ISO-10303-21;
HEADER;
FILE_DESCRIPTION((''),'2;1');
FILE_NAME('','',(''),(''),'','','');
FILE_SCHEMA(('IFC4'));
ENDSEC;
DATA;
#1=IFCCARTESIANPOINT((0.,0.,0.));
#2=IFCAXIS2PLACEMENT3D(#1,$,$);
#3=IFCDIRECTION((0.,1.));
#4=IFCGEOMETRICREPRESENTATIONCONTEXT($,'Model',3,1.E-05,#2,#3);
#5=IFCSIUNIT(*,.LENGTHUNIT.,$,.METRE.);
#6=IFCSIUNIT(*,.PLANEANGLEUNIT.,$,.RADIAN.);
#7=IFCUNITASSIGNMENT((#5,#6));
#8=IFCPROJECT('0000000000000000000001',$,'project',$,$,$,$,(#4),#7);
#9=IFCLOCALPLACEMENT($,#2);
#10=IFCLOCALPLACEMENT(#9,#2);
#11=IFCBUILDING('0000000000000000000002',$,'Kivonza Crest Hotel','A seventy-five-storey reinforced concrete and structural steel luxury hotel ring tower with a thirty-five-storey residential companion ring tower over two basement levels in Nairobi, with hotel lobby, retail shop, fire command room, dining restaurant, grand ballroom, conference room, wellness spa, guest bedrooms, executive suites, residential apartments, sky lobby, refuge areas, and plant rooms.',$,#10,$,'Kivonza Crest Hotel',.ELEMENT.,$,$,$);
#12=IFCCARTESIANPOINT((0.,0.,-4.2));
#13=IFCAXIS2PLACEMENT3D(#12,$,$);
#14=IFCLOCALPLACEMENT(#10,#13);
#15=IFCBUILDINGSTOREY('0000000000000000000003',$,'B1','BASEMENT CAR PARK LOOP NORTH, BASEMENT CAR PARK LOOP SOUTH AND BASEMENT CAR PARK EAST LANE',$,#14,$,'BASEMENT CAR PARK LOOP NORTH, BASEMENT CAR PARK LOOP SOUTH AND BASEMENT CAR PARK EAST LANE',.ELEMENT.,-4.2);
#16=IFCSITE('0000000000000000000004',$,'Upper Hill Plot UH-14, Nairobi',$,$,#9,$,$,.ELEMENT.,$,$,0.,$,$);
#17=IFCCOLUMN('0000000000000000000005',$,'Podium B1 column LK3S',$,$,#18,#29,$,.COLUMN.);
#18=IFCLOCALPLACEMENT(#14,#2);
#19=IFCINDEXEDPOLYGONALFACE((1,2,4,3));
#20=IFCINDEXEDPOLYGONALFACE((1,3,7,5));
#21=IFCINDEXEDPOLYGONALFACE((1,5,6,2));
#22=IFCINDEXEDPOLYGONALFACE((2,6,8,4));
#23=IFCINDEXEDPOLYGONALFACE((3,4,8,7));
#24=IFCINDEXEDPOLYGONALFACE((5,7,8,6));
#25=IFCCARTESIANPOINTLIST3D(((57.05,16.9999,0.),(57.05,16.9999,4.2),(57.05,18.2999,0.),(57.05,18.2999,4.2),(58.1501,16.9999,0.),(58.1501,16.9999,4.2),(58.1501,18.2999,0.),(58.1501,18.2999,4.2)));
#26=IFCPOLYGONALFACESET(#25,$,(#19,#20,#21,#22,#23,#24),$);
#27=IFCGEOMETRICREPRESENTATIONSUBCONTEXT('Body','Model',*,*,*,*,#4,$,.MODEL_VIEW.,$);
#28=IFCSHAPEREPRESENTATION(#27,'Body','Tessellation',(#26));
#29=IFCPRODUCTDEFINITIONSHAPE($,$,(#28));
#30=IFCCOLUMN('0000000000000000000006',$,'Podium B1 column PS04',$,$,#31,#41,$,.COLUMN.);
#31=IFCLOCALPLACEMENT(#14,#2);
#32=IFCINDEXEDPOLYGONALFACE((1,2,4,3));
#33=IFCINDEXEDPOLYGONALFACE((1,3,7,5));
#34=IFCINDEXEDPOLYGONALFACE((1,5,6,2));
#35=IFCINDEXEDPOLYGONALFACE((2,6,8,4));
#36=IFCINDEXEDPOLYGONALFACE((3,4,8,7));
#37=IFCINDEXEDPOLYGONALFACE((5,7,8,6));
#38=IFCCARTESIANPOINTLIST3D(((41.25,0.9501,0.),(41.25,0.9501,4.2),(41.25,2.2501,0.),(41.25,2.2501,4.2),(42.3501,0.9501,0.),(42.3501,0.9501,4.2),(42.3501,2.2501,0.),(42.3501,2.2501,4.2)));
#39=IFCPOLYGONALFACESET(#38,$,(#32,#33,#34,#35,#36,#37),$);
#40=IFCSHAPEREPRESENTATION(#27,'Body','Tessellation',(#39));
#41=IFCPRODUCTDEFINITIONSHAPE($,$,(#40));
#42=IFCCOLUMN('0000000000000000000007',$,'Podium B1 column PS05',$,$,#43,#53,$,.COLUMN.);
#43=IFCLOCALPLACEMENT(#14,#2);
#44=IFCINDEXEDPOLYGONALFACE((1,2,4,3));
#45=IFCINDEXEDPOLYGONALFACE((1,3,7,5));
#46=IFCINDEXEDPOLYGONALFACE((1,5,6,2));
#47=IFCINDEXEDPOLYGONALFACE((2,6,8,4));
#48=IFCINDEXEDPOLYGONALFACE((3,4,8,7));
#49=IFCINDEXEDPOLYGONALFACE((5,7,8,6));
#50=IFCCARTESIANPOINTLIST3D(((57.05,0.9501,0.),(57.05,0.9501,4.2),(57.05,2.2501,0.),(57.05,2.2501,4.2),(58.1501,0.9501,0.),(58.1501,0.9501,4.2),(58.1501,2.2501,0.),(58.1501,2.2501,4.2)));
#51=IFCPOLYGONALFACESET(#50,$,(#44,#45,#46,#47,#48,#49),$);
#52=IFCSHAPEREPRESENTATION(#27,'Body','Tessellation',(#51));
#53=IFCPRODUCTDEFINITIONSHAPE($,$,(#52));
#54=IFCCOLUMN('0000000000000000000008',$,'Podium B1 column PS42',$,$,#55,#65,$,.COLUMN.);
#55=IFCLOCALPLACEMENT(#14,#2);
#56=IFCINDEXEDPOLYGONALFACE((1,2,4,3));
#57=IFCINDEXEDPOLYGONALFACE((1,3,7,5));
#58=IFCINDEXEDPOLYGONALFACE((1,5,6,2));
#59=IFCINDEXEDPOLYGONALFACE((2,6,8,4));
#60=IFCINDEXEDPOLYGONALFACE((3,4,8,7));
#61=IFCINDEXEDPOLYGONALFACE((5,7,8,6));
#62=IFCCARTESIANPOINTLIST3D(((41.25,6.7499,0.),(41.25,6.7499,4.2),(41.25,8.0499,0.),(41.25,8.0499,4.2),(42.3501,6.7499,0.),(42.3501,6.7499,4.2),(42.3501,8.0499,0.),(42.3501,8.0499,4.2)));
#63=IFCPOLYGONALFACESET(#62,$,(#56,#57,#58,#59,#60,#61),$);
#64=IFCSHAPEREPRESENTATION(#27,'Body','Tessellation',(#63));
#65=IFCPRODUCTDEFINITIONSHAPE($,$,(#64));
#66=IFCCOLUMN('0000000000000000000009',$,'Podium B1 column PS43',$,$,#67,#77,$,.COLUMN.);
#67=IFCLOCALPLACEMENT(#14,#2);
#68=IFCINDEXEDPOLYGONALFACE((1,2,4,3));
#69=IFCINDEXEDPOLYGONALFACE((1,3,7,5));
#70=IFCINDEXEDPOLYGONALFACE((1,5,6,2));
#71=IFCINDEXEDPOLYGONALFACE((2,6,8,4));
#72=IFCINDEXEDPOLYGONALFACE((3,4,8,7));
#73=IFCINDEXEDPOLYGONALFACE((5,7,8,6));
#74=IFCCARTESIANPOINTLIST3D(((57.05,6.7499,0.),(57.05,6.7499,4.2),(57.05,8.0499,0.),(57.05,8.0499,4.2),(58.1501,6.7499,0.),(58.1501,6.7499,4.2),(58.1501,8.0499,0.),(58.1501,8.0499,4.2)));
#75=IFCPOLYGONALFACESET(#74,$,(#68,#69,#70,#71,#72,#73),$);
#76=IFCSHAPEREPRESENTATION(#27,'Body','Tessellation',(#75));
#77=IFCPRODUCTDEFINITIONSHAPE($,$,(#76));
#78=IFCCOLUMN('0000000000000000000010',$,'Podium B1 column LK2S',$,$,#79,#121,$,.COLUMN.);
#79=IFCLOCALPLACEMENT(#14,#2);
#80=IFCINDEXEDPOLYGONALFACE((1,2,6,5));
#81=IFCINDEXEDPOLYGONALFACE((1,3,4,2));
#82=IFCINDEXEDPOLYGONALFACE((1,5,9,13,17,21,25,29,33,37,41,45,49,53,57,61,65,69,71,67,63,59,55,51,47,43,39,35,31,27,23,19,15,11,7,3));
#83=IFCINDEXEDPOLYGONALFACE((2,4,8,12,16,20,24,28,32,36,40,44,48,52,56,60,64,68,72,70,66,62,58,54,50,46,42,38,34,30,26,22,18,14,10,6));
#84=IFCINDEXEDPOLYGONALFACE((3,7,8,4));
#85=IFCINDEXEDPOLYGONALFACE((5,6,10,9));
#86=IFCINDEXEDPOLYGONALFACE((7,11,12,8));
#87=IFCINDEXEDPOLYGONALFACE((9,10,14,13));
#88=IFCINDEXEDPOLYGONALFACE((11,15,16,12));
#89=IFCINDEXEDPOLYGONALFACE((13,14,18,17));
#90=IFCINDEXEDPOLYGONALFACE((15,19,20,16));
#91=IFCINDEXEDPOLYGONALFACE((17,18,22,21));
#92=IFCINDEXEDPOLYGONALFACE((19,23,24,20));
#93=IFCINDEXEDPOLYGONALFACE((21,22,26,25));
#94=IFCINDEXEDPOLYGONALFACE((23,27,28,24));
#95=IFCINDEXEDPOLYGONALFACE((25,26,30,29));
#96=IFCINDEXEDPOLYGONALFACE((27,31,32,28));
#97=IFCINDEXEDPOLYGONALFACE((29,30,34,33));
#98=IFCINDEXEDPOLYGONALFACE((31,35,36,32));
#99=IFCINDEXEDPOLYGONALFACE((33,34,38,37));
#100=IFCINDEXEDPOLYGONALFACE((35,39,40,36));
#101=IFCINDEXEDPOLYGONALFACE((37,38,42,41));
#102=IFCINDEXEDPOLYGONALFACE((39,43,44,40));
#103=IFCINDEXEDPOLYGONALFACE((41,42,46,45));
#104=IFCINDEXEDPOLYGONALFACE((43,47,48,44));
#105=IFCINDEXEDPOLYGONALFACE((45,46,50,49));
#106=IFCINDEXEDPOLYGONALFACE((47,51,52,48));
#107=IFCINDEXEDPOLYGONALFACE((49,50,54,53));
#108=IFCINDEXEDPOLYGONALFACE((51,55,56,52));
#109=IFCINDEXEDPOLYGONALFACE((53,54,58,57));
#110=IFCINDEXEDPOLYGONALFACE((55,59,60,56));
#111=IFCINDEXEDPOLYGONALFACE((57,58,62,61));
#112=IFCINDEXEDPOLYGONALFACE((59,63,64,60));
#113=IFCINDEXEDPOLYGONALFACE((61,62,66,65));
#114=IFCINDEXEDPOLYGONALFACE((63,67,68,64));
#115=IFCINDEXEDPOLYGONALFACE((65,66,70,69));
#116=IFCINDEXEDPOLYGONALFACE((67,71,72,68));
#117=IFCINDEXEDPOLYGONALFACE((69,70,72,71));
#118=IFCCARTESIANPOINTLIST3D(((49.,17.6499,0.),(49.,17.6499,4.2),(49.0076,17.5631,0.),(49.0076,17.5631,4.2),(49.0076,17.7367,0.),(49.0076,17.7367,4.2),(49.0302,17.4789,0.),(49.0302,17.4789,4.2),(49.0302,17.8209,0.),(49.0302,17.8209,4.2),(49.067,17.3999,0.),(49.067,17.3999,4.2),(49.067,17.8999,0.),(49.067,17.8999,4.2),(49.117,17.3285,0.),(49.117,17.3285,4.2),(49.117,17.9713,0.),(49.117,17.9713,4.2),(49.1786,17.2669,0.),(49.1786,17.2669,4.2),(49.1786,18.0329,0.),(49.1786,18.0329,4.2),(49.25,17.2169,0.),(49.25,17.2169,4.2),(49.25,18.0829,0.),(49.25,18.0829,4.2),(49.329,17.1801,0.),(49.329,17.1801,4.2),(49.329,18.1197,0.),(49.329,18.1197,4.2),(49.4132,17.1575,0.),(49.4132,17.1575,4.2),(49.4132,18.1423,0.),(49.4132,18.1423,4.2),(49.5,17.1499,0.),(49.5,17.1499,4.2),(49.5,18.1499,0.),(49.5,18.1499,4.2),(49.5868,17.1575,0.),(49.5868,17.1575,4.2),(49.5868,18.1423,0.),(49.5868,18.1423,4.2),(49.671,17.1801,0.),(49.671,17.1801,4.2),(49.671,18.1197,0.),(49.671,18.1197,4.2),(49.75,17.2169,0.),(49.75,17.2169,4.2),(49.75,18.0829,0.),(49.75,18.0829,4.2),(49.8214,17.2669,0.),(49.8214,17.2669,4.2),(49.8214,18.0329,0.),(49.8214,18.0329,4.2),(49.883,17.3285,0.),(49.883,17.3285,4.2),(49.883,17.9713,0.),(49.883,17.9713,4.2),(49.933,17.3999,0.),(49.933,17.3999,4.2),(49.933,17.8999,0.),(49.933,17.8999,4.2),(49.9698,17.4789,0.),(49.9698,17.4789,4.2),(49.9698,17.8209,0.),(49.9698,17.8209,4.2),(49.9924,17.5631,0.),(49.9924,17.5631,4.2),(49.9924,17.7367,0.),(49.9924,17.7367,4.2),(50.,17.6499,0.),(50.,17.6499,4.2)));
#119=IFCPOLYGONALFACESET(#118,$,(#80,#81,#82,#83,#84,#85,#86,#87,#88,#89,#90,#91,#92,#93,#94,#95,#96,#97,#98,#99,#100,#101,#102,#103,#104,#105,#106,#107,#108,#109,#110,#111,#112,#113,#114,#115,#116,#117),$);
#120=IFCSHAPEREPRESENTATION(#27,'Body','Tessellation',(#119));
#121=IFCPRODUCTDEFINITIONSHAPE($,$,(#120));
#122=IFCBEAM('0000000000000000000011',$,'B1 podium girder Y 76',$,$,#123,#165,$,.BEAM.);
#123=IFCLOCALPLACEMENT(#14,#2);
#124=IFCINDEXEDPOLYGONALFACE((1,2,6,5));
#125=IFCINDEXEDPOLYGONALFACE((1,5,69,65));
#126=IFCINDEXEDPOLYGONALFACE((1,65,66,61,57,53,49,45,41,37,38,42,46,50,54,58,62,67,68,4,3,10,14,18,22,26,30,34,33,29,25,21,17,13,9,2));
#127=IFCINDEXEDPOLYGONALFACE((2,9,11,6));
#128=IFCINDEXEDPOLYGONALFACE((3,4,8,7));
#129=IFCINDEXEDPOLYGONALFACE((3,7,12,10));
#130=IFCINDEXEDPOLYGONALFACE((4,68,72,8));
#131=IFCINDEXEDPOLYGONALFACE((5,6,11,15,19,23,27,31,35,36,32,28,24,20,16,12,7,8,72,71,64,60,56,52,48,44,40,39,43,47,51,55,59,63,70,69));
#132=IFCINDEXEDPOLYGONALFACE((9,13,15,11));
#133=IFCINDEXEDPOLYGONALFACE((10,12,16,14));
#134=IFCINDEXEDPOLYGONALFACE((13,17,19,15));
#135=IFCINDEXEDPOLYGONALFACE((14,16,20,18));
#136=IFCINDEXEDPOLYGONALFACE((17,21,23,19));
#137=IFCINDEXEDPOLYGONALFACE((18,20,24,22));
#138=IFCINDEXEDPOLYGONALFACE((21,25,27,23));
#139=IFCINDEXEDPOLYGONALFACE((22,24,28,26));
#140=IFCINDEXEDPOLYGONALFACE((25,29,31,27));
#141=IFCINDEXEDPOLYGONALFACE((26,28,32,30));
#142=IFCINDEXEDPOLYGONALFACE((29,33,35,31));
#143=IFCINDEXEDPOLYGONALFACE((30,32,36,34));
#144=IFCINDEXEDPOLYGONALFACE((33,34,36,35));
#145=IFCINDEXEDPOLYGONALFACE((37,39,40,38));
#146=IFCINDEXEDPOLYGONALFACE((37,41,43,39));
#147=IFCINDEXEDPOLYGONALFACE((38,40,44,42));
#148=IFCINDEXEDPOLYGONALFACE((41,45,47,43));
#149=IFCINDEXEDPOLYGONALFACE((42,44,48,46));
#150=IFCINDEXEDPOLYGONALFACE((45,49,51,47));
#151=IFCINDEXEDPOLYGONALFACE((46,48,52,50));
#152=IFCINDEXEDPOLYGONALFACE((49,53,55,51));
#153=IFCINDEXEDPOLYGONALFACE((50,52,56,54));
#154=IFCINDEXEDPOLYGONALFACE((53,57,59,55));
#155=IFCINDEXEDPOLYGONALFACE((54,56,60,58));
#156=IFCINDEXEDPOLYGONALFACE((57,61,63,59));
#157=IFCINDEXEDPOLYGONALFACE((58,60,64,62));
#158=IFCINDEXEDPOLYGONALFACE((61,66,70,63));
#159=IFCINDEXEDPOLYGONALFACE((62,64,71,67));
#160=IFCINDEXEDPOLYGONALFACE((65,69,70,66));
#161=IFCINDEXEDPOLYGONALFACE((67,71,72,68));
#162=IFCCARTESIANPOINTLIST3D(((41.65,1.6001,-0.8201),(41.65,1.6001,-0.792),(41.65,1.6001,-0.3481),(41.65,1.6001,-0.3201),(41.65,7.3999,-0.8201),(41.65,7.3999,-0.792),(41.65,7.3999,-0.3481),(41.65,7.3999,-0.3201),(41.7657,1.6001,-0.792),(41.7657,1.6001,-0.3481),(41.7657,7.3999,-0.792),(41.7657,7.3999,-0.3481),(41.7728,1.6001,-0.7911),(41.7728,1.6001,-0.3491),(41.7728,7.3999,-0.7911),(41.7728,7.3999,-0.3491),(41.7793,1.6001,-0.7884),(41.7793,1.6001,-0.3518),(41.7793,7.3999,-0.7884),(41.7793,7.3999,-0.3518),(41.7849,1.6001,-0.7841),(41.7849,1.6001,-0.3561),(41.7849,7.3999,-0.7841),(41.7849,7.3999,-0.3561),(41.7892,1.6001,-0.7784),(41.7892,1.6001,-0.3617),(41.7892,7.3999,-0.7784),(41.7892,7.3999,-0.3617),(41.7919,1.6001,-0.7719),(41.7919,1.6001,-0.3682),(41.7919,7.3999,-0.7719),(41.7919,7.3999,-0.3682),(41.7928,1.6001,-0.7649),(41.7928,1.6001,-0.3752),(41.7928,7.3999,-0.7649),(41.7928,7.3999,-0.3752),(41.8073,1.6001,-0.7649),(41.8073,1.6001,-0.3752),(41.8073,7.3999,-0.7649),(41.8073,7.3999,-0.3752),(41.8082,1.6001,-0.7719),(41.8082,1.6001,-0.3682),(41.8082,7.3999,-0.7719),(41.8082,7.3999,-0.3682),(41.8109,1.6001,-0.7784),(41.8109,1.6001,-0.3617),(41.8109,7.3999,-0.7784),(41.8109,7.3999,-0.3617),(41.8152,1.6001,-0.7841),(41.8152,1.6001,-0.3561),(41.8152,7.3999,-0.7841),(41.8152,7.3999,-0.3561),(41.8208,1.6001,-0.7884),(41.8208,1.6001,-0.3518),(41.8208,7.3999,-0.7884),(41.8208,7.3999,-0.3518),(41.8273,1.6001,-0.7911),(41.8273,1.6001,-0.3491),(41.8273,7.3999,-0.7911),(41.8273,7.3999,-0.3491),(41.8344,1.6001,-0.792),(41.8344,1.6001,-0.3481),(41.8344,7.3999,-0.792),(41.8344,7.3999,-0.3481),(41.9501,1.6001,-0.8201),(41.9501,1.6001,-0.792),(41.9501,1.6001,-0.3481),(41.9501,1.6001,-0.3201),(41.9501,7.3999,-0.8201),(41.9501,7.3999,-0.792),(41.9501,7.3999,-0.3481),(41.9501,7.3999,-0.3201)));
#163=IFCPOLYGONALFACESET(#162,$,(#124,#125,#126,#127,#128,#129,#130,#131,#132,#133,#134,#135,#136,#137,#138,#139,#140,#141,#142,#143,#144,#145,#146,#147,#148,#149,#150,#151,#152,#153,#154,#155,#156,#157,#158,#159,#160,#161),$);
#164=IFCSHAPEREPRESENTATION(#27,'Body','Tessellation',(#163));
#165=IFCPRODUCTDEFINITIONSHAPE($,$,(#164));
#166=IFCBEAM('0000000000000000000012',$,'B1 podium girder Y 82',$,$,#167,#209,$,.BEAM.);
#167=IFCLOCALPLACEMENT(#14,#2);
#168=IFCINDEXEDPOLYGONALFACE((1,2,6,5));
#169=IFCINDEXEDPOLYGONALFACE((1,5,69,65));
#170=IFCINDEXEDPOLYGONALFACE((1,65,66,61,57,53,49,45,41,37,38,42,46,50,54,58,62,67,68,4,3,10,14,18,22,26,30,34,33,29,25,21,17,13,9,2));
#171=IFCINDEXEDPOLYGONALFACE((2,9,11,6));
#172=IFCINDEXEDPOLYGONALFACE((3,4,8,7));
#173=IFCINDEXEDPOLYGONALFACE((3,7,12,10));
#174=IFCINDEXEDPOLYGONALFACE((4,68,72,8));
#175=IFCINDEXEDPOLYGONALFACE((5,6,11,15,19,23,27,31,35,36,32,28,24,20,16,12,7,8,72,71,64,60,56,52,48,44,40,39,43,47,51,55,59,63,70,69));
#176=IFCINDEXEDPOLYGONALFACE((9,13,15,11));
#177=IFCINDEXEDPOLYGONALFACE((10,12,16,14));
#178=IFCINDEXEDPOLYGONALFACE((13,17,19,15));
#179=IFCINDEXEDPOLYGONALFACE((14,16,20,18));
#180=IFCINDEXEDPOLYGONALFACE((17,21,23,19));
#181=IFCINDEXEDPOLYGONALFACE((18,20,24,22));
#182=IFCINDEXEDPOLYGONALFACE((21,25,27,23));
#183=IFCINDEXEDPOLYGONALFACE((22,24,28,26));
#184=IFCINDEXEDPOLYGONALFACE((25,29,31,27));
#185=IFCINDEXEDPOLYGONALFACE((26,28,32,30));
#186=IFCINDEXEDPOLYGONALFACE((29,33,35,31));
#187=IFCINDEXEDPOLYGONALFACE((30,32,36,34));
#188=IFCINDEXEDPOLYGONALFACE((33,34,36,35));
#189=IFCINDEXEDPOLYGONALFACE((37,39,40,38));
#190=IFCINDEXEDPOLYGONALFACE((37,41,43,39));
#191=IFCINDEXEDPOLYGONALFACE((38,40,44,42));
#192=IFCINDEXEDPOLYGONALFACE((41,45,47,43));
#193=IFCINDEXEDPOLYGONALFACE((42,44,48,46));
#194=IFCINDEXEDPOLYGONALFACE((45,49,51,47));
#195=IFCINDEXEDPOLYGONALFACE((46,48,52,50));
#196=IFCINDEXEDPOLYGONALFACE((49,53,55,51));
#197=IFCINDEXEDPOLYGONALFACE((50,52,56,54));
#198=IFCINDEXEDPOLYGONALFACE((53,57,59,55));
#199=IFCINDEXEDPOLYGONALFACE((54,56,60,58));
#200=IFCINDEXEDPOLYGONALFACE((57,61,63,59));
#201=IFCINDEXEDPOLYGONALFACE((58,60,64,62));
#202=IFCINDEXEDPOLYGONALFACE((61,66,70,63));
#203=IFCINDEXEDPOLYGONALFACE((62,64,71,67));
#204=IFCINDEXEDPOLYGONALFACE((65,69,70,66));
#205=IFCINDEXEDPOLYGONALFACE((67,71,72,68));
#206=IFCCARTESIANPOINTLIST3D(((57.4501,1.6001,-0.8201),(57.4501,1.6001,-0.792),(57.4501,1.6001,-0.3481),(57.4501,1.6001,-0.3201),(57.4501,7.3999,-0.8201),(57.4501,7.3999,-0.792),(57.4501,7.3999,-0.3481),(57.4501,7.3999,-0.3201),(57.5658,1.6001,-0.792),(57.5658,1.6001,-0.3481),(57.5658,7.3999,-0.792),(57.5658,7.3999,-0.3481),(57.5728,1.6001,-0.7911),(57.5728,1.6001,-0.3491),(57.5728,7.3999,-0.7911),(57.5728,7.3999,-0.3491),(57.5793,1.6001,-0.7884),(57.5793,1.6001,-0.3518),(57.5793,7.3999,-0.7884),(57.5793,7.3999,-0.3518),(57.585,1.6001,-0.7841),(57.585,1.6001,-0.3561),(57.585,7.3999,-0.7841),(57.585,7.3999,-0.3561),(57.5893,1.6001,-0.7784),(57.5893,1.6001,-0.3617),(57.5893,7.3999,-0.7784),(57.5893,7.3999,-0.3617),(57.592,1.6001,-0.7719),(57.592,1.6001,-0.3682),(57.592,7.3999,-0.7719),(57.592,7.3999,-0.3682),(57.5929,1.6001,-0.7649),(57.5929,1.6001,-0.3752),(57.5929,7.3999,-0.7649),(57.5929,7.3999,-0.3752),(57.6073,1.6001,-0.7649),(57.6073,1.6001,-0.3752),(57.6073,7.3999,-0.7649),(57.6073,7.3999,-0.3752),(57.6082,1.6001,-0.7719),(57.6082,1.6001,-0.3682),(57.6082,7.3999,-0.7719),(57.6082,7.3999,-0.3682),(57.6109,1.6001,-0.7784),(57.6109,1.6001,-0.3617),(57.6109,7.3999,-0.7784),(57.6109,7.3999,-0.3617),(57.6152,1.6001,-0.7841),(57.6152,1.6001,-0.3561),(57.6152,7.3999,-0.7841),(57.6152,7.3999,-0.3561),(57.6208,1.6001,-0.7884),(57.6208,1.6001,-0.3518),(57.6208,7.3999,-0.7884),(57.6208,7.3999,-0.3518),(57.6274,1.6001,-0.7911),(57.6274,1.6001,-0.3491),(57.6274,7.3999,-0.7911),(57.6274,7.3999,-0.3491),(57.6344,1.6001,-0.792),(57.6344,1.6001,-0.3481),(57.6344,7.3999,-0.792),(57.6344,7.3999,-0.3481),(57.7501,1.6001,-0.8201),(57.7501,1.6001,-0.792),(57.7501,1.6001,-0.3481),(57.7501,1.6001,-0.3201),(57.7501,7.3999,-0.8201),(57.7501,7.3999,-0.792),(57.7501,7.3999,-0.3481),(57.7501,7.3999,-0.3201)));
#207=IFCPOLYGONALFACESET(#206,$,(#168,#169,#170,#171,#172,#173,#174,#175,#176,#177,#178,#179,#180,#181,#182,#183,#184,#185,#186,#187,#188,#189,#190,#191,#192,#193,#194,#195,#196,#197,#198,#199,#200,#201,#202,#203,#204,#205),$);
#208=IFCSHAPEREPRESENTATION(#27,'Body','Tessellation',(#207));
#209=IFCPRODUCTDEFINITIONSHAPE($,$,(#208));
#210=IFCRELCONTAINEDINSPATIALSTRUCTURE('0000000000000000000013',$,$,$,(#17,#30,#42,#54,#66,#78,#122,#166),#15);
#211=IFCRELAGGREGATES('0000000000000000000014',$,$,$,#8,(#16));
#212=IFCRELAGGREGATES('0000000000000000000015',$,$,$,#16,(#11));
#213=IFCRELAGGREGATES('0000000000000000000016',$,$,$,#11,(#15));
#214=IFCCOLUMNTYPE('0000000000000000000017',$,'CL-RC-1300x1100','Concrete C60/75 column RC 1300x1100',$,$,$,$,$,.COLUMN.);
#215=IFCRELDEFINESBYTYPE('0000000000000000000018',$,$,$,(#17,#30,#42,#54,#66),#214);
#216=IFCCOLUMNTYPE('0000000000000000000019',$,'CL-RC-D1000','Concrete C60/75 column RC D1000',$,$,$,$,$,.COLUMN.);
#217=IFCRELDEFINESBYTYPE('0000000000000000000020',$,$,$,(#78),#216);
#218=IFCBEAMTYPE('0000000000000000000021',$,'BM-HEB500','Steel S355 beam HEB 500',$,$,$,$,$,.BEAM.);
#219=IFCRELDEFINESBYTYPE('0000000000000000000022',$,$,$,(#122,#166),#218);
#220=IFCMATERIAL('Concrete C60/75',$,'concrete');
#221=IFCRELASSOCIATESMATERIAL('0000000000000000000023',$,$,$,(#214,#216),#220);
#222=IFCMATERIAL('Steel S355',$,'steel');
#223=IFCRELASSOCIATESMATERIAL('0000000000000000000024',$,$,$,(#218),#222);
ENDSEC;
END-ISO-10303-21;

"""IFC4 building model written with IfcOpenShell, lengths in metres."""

from ifc_helpers import new_model, si_unit, direction, frame, origin, origin_2d, place, context, subcontext, project, spatial, rectangle, circle, i_section, extrude, material, material_profile, profile_set, type_object, element, save


model = new_model("IFC4")

# Units and contexts
model_context = context("Model", 3, precision=1e-05, world=origin(), true_north=direction((0.0, 1.0)))
body_context = subcontext(model_context, "Body", "Model", "MODEL_VIEW")
ifc_project = project(units=[si_unit("LENGTHUNIT", "METRE"), si_unit("PLANEANGLEUNIT", "RADIAN")], contexts=[model_context])

# Site, building, storey
site_placement = place(None, origin())
site = spatial("IfcSite", under=ifc_project, at=site_placement, Name="Upper Hill Plot UH-14, Nairobi", CompositionType="ELEMENT", RefElevation=0.0)
building_placement = place(site_placement, origin())
building = spatial("IfcBuilding", under=site, at=building_placement, Name="Kivonza Crest Hotel", Description="A seventy-five-storey reinforced concrete and structural steel luxury hotel ring tower with a thirty-five-storey residential companion ring tower over two basement levels in Nairobi, with hotel lobby, retail shop, fire command room, dining restaurant, grand ballroom, conference room, wellness spa, guest bedrooms, executive suites, residential apartments, sky lobby, refuge areas, and plant rooms.", LongName="Kivonza Crest Hotel", CompositionType="ELEMENT")
storey_placement = place(building_placement, frame((0.0, 0.0, -4.2)))
storey = spatial("IfcBuildingStorey", under=building, at=storey_placement, Name="B1", Description="BASEMENT CAR PARK LOOP NORTH, BASEMENT CAR PARK LOOP SOUTH AND BASEMENT CAR PARK EAST LANE", LongName="BASEMENT CAR PARK LOOP NORTH, BASEMENT CAR PARK LOOP SOUTH AND BASEMENT CAR PARK EAST LANE", CompositionType="ELEMENT", Elevation=-4.2)

# Columns
ifc_material_1 = material(Name="Concrete C60/75", Category="concrete")
ifc_material_profile_1 = material_profile(ifc_material_1, rectangle(XDim=1.1001, YDim=1.3, at=origin_2d()), Name="RC 1300x1100")
ifc_profile_set_1 = profile_set([ifc_material_profile_1], Name="Concrete C60/75")
column_type_1 = type_object("IfcColumnType", Name="CL-RC-1300x1100", Description="Concrete C60/75 column RC 1300x1100", PredefinedType="COLUMN", material=ifc_profile_set_1)
for number, where, z_axis, x_axis, name in (
    (1, (57.6001, 17.6499, 0.0), (0.0, 0.0, 1.0), (1.0, 0.0, 0.0), "Podium B1 column LK3S"),
    (2, (41.8, 1.6001, 0.0), (0.0, 0.0, 1.0), (1.0, 0.0, 0.0), "Podium B1 column PS04"),
    (3, (57.6001, 1.6001, 0.0), (0.0, 0.0, 1.0), (1.0, 0.0, 0.0), "Podium B1 column PS05"),
    (4, (41.8, 7.3999, 0.0), (0.0, 0.0, 1.0), (1.0, 0.0, 0.0), "Podium B1 column PS42"),
    (5, (57.6001, 7.3999, 0.0), (0.0, 0.0, 1.0), (1.0, 0.0, 0.0), "Podium B1 column PS43"),
):
    element("IfcColumn", number, at=place(storey_placement, frame(where, z_axis=z_axis, x_axis=x_axis)), inside=storey, type_object=column_type_1, Name=name, PredefinedType="COLUMN", context=body_context, shape_type="SweptSolid", body=[
        extrude(rectangle(XDim=1.1001, YDim=1.3, at=origin_2d()), origin(), (0.0, 0.0, 1.0), 4.2),
    ])
ifc_material_profile_2 = material_profile(ifc_material_1, circle(Radius=0.5, at=origin_2d()), Name="RC D1000")
ifc_profile_set_2 = profile_set([ifc_material_profile_2], Name="Concrete C60/75")
column_type_2 = type_object("IfcColumnType", Name="CL-RC-D1000", Description="Concrete C60/75 column RC D1000", PredefinedType="COLUMN", material=ifc_profile_set_2)
column_placement = place(storey_placement, frame((49.5, 17.6499, 0.0), z_axis=(0.0, 0.0, 1.0), x_axis=(1.0, 0.0, 0.0)))
element("IfcColumn", 6, at=column_placement, inside=storey, type_object=column_type_2, Name="Podium B1 column LK2S", PredefinedType="COLUMN", context=body_context, shape_type="SweptSolid", body=[
    extrude(circle(Radius=0.5, at=origin_2d()), origin(), (0.0, 0.0, 1.0), 4.2),
])

# Beams
ifc_material_2 = material(Name="Steel S355", Category="steel")
ifc_material_profile_3 = material_profile(ifc_material_2, i_section(OverallWidth=0.3, OverallDepth=0.5, WebThickness=0.0144, FlangeThickness=0.0281, FilletRadius=0.0271, at=origin_2d()), Name="HEB 500")
ifc_profile_set_3 = profile_set([ifc_material_profile_3], Name="Steel S355")
beam_type_1 = type_object("IfcBeamType", Name="BM-HEB500", Description="Steel S355 beam HEB 500", PredefinedType="BEAM", material=ifc_profile_set_3)
for number, where, z_axis, x_axis, name in (
    (7, (41.8, 1.6001, -0.5701), (0.0, 1.0, 0.0), (-1.0, 0.0, 0.0), "B1 podium girder Y 76"),
    (8, (57.6001, 1.6001, -0.5701), (0.0, 1.0, 0.0), (-1.0, 0.0, 0.0), "B1 podium girder Y 82"),
):
    element("IfcBeam", number, at=place(storey_placement, frame(where, z_axis=z_axis, x_axis=x_axis)), inside=storey, type_object=beam_type_1, Name=name, PredefinedType="BEAM", context=body_context, shape_type="SweptSolid", body=[
        extrude(i_section(OverallWidth=0.3, OverallDepth=0.5, WebThickness=0.0144, FlangeThickness=0.0281, FilletRadius=0.0271, at=origin_2d()), origin(), (0.0, 0.0, 1.0), 5.7998),
    ])

save(model, "model.ifc")
